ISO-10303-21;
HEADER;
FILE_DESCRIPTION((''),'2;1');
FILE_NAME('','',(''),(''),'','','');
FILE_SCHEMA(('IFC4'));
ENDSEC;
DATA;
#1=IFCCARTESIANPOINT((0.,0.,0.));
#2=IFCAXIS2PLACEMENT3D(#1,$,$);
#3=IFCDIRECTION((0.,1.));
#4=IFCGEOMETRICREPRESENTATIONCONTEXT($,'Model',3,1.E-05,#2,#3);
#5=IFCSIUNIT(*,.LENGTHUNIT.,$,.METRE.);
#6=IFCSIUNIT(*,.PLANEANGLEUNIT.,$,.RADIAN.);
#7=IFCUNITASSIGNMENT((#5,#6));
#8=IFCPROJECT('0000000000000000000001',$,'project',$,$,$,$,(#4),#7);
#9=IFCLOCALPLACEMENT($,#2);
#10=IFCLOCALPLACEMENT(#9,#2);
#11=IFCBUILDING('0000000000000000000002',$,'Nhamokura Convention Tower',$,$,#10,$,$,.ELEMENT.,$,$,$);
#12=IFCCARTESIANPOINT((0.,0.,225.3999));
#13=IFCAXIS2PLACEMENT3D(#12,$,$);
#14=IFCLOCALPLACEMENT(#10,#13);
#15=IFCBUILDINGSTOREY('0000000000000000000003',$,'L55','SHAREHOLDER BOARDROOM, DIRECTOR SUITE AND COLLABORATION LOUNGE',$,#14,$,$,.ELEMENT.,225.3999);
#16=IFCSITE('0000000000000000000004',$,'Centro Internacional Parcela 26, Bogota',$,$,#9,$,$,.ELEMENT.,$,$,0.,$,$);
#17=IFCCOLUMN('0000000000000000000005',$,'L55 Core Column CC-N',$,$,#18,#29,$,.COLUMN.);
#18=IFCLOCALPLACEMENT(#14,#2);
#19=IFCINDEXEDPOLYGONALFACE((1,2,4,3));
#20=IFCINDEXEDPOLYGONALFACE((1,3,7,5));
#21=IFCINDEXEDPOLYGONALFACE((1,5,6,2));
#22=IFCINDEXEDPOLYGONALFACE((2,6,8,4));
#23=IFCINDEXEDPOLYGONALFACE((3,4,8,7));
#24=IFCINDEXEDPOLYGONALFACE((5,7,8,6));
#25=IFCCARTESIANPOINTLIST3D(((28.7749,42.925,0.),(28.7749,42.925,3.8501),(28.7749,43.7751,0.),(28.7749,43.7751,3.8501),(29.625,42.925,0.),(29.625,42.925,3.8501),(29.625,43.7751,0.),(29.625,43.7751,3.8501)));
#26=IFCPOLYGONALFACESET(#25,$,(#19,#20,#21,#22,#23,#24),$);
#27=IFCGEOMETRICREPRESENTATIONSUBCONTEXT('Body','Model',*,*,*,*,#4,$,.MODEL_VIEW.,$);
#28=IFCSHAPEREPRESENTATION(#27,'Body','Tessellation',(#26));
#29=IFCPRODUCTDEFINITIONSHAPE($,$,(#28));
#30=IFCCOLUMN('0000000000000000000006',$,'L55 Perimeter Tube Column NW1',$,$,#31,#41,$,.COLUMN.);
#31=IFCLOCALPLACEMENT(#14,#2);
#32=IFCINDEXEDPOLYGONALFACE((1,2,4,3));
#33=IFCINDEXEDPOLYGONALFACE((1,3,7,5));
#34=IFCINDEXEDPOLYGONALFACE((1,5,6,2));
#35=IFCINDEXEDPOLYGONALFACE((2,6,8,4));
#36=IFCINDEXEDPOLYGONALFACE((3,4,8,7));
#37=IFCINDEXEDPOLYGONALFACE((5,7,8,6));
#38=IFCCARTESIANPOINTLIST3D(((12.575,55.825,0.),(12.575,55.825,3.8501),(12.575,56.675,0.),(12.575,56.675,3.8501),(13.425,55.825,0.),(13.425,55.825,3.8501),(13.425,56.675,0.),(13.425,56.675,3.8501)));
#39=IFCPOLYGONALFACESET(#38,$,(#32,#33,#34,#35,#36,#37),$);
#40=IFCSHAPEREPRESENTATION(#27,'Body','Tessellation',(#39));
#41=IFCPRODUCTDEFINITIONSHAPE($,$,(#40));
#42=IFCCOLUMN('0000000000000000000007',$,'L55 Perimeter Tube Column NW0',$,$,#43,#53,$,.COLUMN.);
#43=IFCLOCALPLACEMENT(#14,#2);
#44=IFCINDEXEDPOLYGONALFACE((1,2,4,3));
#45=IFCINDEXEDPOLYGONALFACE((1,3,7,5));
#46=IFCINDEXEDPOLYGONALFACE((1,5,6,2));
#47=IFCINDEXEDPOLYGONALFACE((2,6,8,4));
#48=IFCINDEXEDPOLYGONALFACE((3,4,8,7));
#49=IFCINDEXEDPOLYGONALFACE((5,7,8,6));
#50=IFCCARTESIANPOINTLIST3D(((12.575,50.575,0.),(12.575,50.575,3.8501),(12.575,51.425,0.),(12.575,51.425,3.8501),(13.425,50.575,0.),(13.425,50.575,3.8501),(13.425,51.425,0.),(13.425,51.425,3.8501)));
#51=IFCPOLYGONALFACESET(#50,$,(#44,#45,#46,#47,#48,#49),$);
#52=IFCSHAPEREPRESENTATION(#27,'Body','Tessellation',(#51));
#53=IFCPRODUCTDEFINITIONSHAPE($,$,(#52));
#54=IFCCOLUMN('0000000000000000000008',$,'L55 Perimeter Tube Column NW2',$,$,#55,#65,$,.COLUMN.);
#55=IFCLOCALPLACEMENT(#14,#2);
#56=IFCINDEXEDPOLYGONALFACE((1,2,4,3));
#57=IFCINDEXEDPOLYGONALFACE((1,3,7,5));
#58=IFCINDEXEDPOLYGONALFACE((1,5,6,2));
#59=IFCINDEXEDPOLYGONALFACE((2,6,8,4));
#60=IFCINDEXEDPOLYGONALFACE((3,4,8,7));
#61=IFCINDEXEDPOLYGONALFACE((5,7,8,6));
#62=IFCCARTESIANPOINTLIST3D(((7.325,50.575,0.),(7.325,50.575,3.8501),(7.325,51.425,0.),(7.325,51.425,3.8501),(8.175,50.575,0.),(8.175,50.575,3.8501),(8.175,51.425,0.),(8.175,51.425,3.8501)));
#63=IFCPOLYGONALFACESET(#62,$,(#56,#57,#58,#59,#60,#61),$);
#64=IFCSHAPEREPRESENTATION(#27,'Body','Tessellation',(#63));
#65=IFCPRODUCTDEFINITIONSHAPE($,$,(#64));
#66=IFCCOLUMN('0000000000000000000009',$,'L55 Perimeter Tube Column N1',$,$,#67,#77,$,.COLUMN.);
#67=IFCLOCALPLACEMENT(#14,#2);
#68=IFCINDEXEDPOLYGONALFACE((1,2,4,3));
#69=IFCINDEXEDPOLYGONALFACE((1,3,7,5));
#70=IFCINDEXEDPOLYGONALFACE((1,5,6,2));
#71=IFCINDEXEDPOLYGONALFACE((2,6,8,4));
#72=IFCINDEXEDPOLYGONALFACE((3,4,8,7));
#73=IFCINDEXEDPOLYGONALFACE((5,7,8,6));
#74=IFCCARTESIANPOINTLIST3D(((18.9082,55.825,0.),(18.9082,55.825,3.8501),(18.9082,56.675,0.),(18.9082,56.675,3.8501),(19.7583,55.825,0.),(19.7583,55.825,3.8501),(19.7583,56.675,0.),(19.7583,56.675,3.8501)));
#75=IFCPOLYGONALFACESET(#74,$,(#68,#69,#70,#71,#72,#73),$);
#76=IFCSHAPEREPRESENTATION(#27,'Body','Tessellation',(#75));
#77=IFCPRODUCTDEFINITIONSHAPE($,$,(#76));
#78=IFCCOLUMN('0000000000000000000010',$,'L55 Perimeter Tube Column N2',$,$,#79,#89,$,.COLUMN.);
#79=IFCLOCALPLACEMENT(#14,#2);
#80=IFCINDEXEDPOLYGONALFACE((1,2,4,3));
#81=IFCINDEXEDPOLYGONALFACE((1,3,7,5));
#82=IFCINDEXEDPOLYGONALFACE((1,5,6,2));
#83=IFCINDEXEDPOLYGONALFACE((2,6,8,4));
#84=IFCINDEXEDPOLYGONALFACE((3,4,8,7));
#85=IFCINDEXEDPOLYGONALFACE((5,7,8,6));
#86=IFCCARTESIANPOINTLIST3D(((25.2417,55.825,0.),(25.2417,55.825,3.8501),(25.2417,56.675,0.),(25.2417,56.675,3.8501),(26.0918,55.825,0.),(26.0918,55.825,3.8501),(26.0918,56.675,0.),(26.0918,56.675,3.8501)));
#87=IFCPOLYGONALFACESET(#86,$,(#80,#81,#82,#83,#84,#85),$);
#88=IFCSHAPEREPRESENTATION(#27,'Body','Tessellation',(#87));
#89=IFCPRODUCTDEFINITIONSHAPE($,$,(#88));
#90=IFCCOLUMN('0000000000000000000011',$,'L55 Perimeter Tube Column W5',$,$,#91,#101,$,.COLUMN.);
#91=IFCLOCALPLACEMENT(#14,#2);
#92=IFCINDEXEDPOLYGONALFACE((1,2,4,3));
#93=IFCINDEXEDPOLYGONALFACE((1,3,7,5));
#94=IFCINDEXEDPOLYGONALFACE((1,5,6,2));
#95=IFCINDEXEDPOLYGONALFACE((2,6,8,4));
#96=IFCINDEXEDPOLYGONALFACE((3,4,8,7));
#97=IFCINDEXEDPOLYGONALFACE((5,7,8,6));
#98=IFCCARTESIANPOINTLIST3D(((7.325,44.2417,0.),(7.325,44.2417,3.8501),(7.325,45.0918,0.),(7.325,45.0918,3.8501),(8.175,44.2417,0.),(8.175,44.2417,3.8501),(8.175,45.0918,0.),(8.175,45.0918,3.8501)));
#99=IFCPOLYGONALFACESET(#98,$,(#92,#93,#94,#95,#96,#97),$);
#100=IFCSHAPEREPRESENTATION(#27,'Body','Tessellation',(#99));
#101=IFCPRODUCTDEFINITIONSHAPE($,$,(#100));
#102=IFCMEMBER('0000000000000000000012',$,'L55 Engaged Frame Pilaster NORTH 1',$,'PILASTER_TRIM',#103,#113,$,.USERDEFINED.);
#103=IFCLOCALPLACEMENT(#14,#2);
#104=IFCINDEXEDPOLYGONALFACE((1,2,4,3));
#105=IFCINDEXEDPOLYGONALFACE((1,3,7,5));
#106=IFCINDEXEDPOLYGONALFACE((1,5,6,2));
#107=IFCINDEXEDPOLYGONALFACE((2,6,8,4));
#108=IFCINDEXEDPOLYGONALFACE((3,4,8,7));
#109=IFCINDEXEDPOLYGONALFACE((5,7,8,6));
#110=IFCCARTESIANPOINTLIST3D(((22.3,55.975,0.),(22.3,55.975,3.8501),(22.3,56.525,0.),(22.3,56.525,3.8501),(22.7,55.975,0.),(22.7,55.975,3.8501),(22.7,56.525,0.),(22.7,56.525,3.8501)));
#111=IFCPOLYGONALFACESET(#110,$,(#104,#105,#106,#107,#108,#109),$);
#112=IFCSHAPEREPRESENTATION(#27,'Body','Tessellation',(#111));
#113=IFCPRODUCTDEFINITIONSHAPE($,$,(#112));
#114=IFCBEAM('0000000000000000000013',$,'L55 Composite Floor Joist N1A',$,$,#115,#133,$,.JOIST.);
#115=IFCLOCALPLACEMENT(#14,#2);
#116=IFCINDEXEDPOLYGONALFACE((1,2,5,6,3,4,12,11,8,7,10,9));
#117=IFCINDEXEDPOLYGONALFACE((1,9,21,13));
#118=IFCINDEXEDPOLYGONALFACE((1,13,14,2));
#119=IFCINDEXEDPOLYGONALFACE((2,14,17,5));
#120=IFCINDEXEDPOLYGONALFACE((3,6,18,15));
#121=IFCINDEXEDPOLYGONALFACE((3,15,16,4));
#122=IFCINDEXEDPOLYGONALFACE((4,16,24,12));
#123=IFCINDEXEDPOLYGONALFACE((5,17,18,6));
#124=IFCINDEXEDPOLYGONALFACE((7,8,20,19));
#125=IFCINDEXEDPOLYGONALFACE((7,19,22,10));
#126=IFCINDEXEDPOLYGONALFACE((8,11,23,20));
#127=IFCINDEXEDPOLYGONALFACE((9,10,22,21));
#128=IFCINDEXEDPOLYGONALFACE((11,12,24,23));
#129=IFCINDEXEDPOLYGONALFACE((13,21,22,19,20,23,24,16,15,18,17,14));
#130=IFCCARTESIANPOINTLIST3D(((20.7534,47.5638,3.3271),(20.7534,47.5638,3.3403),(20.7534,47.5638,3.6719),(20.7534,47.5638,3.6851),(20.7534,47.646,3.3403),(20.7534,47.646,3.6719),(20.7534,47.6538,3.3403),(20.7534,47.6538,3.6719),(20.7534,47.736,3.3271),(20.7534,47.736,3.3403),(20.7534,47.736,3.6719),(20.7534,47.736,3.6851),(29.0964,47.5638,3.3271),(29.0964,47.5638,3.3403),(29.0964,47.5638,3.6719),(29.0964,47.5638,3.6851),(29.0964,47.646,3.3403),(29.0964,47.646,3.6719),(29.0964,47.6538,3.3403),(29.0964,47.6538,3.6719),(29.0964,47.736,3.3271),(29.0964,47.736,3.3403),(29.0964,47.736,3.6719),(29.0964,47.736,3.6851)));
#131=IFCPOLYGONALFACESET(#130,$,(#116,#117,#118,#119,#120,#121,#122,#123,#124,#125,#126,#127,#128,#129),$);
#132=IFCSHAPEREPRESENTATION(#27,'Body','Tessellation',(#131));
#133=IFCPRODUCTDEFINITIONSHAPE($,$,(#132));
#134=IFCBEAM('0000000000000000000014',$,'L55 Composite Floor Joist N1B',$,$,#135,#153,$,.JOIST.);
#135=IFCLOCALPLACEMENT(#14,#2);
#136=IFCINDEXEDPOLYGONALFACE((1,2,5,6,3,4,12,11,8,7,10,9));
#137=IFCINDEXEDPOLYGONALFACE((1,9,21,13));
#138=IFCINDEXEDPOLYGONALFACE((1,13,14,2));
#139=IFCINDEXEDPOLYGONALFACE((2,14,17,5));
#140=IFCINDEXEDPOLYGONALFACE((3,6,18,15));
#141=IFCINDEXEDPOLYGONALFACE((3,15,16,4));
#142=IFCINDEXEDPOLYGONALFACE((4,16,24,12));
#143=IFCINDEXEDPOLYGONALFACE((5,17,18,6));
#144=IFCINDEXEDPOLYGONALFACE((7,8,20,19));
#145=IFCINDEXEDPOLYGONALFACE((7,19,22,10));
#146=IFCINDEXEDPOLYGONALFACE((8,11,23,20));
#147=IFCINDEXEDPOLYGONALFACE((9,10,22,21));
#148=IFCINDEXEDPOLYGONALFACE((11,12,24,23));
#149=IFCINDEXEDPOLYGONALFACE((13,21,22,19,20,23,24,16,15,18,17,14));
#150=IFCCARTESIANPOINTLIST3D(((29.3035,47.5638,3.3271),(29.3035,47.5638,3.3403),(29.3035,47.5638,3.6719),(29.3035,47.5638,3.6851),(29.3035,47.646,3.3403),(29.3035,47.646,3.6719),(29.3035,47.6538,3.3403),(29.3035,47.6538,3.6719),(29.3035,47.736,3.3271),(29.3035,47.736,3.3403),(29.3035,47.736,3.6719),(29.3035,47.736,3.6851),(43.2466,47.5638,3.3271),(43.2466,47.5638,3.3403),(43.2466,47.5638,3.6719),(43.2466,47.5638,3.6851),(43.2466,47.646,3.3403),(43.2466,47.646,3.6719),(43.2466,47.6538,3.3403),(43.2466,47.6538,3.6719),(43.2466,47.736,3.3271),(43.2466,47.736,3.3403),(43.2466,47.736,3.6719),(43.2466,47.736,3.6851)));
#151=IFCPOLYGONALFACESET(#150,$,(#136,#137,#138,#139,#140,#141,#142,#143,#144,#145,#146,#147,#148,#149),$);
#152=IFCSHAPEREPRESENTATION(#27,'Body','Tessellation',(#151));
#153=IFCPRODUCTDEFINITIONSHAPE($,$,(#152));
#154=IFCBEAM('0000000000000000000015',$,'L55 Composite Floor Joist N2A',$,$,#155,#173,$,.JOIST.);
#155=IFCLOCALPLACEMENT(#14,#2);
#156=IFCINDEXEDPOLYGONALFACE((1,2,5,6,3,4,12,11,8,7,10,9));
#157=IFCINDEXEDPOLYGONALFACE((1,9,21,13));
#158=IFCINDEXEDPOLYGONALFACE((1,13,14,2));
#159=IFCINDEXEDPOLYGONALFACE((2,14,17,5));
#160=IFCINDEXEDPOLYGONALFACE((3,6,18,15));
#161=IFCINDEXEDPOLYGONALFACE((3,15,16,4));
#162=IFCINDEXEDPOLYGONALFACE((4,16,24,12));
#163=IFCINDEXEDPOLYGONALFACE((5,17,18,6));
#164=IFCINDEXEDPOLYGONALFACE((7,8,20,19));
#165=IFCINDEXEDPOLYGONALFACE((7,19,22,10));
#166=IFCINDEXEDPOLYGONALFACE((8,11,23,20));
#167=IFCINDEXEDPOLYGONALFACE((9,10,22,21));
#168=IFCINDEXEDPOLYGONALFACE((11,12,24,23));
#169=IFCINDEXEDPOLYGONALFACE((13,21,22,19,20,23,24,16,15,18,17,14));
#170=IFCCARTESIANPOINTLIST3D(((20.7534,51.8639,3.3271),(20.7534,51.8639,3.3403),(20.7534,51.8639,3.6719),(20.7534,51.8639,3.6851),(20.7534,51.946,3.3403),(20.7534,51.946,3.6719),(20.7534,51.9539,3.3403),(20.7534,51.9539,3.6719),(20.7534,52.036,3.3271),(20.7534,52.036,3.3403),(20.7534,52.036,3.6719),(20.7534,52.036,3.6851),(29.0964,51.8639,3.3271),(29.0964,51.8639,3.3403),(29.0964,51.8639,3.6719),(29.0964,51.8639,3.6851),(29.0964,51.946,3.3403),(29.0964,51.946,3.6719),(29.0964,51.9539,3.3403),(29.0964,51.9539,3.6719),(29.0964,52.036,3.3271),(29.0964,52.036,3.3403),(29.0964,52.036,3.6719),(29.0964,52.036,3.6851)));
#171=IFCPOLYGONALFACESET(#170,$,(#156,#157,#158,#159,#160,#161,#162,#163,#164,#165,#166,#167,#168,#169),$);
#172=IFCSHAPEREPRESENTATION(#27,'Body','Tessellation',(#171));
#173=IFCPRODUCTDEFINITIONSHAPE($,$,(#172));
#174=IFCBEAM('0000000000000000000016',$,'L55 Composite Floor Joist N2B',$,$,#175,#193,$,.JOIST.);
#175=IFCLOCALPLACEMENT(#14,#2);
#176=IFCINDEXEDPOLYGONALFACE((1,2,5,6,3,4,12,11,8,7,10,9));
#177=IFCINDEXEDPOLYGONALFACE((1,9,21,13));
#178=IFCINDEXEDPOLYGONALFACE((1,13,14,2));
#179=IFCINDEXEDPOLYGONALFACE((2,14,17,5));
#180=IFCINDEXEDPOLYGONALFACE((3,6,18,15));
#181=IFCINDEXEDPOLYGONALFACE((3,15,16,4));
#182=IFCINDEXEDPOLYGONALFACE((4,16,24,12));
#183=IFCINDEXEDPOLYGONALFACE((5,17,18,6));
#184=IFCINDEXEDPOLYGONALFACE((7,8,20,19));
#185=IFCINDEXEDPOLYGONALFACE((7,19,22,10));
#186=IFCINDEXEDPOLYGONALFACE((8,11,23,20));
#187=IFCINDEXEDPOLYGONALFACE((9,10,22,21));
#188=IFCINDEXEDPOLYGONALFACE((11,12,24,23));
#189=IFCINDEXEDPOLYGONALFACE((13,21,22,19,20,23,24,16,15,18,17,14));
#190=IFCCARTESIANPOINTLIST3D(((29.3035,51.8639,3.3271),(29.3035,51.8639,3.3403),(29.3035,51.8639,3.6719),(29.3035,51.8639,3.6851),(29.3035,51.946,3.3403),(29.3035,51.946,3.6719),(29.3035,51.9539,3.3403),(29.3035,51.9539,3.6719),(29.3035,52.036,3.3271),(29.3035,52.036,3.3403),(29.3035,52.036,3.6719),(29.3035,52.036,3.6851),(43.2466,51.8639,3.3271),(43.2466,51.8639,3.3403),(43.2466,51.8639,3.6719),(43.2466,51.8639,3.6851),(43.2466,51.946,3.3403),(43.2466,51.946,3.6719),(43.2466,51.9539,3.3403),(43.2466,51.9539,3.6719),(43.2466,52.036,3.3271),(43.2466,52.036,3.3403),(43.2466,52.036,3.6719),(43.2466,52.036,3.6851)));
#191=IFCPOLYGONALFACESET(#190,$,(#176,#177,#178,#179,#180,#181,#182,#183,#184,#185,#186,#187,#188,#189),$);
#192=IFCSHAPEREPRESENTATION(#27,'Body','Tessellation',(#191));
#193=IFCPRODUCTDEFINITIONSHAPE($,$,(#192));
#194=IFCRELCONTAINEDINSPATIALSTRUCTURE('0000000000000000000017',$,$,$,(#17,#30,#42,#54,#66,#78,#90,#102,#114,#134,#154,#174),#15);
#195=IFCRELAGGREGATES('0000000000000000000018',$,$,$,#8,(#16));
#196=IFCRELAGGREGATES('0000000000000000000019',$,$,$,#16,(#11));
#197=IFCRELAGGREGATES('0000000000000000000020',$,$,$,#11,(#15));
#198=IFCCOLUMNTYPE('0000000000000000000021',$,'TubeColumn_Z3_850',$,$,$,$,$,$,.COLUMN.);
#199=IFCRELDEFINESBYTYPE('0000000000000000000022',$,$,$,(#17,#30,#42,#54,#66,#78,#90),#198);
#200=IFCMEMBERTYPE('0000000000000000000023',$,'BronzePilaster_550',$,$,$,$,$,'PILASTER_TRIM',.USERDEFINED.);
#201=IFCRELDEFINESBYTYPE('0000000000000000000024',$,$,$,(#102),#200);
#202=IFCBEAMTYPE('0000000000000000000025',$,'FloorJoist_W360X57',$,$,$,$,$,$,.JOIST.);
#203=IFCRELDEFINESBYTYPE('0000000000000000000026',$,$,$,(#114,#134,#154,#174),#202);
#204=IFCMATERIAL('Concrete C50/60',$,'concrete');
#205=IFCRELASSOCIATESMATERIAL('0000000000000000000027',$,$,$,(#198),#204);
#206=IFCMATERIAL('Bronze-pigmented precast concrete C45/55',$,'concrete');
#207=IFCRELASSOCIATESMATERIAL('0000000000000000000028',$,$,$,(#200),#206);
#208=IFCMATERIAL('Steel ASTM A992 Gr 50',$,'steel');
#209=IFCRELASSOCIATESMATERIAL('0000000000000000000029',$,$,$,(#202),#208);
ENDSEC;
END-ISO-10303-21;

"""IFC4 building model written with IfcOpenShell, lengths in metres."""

from ifc_helpers import new_model, si_unit, direction, frame, origin, origin_2d, place, context, subcontext, project, spatial, rectangle, i_section, extrude, material, material_profile, profile_set, type_object, element, save


model = new_model("IFC4")

# Units and contexts
model_context = context("Model", 3, precision=1e-05, world=origin(), true_north=direction((0.0, 1.0)))
body_context = subcontext(model_context, "Body", "Model", "MODEL_VIEW")
ifc_project = project(units=[si_unit("LENGTHUNIT", "METRE"), si_unit("PLANEANGLEUNIT", "RADIAN")], contexts=[model_context])

# Site, building, storey
site_placement = place(None, origin())
site = spatial("IfcSite", under=ifc_project, at=site_placement, Name="Centro Internacional Parcela 26, Bogota", CompositionType="ELEMENT", RefElevation=0.0)
building_placement = place(site_placement, origin())
building = spatial("IfcBuilding", under=site, at=building_placement, Name="Nhamokura Convention Tower", CompositionType="ELEMENT")
storey_placement = place(building_placement, frame((0.0, 0.0, 225.3999)))
storey = spatial("IfcBuildingStorey", under=building, at=storey_placement, Name="L55", Description="SHAREHOLDER BOARDROOM, DIRECTOR SUITE AND COLLABORATION LOUNGE", CompositionType="ELEMENT", Elevation=225.3999)

# Columns
ifc_material_1 = material(Name="Concrete C50/60", Category="concrete")
ifc_material_profile_1 = material_profile(ifc_material_1, rectangle(XDim=0.8501, YDim=0.8501, at=origin_2d()))
ifc_profile_set_1 = profile_set([ifc_material_profile_1], Name="Concrete C50/60")
column_type = type_object("IfcColumnType", Name="TubeColumn_Z3_850", PredefinedType="COLUMN", material=ifc_profile_set_1)
for number, where, z_axis, x_axis, name in (
    (1, (29.2, 43.3501, 0.0), (0.0, 0.0, 1.0), (1.0, 0.0, 0.0), "L55 Core Column CC-N"),
    (2, (13.0, 56.25, 0.0), (0.0, 0.0, 1.0), (1.0, 0.0, 0.0), "L55 Perimeter Tube Column NW1"),
    (3, (13.0, 51.0, 0.0), (0.0, 0.0, 1.0), (1.0, 0.0, 0.0), "L55 Perimeter Tube Column NW0"),
    (4, (7.75, 51.0, 0.0), (0.0, 0.0, 1.0), (1.0, 0.0, 0.0), "L55 Perimeter Tube Column NW2"),
    (5, (19.3333, 56.25, 0.0), (0.0, 0.0, 1.0), (1.0, 0.0, 0.0), "L55 Perimeter Tube Column N1"),
    (6, (25.6667, 56.25, 0.0), (0.0, 0.0, 1.0), (1.0, 0.0, 0.0), "L55 Perimeter Tube Column N2"),
    (7, (7.75, 44.6667, 0.0), (0.0, 0.0, 1.0), (1.0, 0.0, 0.0), "L55 Perimeter Tube Column W5"),
):
    element("IfcColumn", number, at=place(storey_placement, frame(where, z_axis=z_axis, x_axis=x_axis)), inside=storey, type_object=column_type, Name=name, PredefinedType="COLUMN", context=body_context, shape_type="SweptSolid", body=[
        extrude(rectangle(XDim=0.8501, YDim=0.8501, at=origin_2d()), origin(), (0.0, 0.0, 1.0), 3.8501),
    ])

# Member
ifc_material_2 = material(Name="Bronze-pigmented precast concrete C45/55", Category="concrete")
ifc_material_profile_2 = material_profile(ifc_material_2, rectangle(XDim=0.3999, YDim=0.55, at=origin_2d()))
ifc_profile_set_2 = profile_set([ifc_material_profile_2], Name="Bronze-pigmented precast concrete C45/55")
member_type_1 = type_object("IfcMemberType", Name="BronzePilaster_550", ElementType="PILASTER_TRIM", PredefinedType="USERDEFINED", material=ifc_profile_set_2)
member_placement = place(storey_placement, frame((22.5, 56.25, 0.0), z_axis=(0.0, 0.0, 1.0), x_axis=(1.0, 0.0, 0.0)))
element("IfcMember", 8, at=member_placement, inside=storey, type_object=member_type_1, Name="L55 Engaged Frame Pilaster NORTH 1", ObjectType="PILASTER_TRIM", PredefinedType="USERDEFINED", context=body_context, shape_type="SweptSolid", body=[
    extrude(rectangle(XDim=0.3999, YDim=0.55, at=origin_2d()), origin(), (0.0, 0.0, 1.0), 3.8501),
])

# Beams
ifc_material_3 = material(Name="Steel ASTM A992 Gr 50", Category="steel")
ifc_material_profile_3 = material_profile(ifc_material_3, i_section(OverallWidth=0.1721, OverallDepth=0.3579, WebThickness=0.0078, FlangeThickness=0.0132, at=origin_2d()))
ifc_profile_set_3 = profile_set([ifc_material_profile_3], Name="Steel ASTM A992 Gr 50")
beam_type_1 = type_object("IfcBeamType", Name="FloorJoist_W360X57", PredefinedType="JOIST", material=ifc_profile_set_3)
beam_1_placement = place(storey_placement, frame((20.7534, 47.6499, 3.5061), z_axis=(1.0, 0.0, 0.0), x_axis=(0.0, 1.0, 0.0)))
element("IfcBeam", 9, at=beam_1_placement, inside=storey, type_object=beam_type_1, Name="L55 Composite Floor Joist N1A", PredefinedType="JOIST", context=body_context, shape_type="SweptSolid", body=[
    extrude(i_section(OverallWidth=0.1721, OverallDepth=0.3579, WebThickness=0.0078, FlangeThickness=0.0132, at=origin_2d()), origin(), (0.0, 0.0, 1.0), 8.343),
])
beam_2_placement = place(storey_placement, frame((29.3035, 47.6499, 3.5061), z_axis=(1.0, 0.0, 0.0), x_axis=(0.0, 1.0, 0.0)))
element("IfcBeam", 10, at=beam_2_placement, inside=storey, type_object=beam_type_1, Name="L55 Composite Floor Joist N1B", PredefinedType="JOIST", context=body_context, shape_type="SweptSolid", body=[
    extrude(i_section(OverallWidth=0.1721, OverallDepth=0.3579, WebThickness=0.0078, FlangeThickness=0.0132, at=origin_2d()), origin(), (0.0, 0.0, 1.0), 13.9431),
])
beam_3_placement = place(storey_placement, frame((20.7534, 51.95, 3.5061), z_axis=(1.0, 0.0, 0.0), x_axis=(0.0, 1.0, 0.0)))
element("IfcBeam", 11, at=beam_3_placement, inside=storey, type_object=beam_type_1, Name="L55 Composite Floor Joist N2A", PredefinedType="JOIST", context=body_context, shape_type="SweptSolid", body=[
    extrude(i_section(OverallWidth=0.1721, OverallDepth=0.3579, WebThickness=0.0078, FlangeThickness=0.0132, at=origin_2d()), origin(), (0.0, 0.0, 1.0), 8.343),
])
beam_4_placement = place(storey_placement, frame((29.3035, 51.95, 3.5061), z_axis=(1.0, 0.0, 0.0), x_axis=(0.0, 1.0, 0.0)))
element("IfcBeam", 12, at=beam_4_placement, inside=storey, type_object=beam_type_1, Name="L55 Composite Floor Joist N2B", PredefinedType="JOIST", context=body_context, shape_type="SweptSolid", body=[
    extrude(i_section(OverallWidth=0.1721, OverallDepth=0.3579, WebThickness=0.0078, FlangeThickness=0.0132, at=origin_2d()), origin(), (0.0, 0.0, 1.0), 13.9431),
])

save(model, "model.ifc")
